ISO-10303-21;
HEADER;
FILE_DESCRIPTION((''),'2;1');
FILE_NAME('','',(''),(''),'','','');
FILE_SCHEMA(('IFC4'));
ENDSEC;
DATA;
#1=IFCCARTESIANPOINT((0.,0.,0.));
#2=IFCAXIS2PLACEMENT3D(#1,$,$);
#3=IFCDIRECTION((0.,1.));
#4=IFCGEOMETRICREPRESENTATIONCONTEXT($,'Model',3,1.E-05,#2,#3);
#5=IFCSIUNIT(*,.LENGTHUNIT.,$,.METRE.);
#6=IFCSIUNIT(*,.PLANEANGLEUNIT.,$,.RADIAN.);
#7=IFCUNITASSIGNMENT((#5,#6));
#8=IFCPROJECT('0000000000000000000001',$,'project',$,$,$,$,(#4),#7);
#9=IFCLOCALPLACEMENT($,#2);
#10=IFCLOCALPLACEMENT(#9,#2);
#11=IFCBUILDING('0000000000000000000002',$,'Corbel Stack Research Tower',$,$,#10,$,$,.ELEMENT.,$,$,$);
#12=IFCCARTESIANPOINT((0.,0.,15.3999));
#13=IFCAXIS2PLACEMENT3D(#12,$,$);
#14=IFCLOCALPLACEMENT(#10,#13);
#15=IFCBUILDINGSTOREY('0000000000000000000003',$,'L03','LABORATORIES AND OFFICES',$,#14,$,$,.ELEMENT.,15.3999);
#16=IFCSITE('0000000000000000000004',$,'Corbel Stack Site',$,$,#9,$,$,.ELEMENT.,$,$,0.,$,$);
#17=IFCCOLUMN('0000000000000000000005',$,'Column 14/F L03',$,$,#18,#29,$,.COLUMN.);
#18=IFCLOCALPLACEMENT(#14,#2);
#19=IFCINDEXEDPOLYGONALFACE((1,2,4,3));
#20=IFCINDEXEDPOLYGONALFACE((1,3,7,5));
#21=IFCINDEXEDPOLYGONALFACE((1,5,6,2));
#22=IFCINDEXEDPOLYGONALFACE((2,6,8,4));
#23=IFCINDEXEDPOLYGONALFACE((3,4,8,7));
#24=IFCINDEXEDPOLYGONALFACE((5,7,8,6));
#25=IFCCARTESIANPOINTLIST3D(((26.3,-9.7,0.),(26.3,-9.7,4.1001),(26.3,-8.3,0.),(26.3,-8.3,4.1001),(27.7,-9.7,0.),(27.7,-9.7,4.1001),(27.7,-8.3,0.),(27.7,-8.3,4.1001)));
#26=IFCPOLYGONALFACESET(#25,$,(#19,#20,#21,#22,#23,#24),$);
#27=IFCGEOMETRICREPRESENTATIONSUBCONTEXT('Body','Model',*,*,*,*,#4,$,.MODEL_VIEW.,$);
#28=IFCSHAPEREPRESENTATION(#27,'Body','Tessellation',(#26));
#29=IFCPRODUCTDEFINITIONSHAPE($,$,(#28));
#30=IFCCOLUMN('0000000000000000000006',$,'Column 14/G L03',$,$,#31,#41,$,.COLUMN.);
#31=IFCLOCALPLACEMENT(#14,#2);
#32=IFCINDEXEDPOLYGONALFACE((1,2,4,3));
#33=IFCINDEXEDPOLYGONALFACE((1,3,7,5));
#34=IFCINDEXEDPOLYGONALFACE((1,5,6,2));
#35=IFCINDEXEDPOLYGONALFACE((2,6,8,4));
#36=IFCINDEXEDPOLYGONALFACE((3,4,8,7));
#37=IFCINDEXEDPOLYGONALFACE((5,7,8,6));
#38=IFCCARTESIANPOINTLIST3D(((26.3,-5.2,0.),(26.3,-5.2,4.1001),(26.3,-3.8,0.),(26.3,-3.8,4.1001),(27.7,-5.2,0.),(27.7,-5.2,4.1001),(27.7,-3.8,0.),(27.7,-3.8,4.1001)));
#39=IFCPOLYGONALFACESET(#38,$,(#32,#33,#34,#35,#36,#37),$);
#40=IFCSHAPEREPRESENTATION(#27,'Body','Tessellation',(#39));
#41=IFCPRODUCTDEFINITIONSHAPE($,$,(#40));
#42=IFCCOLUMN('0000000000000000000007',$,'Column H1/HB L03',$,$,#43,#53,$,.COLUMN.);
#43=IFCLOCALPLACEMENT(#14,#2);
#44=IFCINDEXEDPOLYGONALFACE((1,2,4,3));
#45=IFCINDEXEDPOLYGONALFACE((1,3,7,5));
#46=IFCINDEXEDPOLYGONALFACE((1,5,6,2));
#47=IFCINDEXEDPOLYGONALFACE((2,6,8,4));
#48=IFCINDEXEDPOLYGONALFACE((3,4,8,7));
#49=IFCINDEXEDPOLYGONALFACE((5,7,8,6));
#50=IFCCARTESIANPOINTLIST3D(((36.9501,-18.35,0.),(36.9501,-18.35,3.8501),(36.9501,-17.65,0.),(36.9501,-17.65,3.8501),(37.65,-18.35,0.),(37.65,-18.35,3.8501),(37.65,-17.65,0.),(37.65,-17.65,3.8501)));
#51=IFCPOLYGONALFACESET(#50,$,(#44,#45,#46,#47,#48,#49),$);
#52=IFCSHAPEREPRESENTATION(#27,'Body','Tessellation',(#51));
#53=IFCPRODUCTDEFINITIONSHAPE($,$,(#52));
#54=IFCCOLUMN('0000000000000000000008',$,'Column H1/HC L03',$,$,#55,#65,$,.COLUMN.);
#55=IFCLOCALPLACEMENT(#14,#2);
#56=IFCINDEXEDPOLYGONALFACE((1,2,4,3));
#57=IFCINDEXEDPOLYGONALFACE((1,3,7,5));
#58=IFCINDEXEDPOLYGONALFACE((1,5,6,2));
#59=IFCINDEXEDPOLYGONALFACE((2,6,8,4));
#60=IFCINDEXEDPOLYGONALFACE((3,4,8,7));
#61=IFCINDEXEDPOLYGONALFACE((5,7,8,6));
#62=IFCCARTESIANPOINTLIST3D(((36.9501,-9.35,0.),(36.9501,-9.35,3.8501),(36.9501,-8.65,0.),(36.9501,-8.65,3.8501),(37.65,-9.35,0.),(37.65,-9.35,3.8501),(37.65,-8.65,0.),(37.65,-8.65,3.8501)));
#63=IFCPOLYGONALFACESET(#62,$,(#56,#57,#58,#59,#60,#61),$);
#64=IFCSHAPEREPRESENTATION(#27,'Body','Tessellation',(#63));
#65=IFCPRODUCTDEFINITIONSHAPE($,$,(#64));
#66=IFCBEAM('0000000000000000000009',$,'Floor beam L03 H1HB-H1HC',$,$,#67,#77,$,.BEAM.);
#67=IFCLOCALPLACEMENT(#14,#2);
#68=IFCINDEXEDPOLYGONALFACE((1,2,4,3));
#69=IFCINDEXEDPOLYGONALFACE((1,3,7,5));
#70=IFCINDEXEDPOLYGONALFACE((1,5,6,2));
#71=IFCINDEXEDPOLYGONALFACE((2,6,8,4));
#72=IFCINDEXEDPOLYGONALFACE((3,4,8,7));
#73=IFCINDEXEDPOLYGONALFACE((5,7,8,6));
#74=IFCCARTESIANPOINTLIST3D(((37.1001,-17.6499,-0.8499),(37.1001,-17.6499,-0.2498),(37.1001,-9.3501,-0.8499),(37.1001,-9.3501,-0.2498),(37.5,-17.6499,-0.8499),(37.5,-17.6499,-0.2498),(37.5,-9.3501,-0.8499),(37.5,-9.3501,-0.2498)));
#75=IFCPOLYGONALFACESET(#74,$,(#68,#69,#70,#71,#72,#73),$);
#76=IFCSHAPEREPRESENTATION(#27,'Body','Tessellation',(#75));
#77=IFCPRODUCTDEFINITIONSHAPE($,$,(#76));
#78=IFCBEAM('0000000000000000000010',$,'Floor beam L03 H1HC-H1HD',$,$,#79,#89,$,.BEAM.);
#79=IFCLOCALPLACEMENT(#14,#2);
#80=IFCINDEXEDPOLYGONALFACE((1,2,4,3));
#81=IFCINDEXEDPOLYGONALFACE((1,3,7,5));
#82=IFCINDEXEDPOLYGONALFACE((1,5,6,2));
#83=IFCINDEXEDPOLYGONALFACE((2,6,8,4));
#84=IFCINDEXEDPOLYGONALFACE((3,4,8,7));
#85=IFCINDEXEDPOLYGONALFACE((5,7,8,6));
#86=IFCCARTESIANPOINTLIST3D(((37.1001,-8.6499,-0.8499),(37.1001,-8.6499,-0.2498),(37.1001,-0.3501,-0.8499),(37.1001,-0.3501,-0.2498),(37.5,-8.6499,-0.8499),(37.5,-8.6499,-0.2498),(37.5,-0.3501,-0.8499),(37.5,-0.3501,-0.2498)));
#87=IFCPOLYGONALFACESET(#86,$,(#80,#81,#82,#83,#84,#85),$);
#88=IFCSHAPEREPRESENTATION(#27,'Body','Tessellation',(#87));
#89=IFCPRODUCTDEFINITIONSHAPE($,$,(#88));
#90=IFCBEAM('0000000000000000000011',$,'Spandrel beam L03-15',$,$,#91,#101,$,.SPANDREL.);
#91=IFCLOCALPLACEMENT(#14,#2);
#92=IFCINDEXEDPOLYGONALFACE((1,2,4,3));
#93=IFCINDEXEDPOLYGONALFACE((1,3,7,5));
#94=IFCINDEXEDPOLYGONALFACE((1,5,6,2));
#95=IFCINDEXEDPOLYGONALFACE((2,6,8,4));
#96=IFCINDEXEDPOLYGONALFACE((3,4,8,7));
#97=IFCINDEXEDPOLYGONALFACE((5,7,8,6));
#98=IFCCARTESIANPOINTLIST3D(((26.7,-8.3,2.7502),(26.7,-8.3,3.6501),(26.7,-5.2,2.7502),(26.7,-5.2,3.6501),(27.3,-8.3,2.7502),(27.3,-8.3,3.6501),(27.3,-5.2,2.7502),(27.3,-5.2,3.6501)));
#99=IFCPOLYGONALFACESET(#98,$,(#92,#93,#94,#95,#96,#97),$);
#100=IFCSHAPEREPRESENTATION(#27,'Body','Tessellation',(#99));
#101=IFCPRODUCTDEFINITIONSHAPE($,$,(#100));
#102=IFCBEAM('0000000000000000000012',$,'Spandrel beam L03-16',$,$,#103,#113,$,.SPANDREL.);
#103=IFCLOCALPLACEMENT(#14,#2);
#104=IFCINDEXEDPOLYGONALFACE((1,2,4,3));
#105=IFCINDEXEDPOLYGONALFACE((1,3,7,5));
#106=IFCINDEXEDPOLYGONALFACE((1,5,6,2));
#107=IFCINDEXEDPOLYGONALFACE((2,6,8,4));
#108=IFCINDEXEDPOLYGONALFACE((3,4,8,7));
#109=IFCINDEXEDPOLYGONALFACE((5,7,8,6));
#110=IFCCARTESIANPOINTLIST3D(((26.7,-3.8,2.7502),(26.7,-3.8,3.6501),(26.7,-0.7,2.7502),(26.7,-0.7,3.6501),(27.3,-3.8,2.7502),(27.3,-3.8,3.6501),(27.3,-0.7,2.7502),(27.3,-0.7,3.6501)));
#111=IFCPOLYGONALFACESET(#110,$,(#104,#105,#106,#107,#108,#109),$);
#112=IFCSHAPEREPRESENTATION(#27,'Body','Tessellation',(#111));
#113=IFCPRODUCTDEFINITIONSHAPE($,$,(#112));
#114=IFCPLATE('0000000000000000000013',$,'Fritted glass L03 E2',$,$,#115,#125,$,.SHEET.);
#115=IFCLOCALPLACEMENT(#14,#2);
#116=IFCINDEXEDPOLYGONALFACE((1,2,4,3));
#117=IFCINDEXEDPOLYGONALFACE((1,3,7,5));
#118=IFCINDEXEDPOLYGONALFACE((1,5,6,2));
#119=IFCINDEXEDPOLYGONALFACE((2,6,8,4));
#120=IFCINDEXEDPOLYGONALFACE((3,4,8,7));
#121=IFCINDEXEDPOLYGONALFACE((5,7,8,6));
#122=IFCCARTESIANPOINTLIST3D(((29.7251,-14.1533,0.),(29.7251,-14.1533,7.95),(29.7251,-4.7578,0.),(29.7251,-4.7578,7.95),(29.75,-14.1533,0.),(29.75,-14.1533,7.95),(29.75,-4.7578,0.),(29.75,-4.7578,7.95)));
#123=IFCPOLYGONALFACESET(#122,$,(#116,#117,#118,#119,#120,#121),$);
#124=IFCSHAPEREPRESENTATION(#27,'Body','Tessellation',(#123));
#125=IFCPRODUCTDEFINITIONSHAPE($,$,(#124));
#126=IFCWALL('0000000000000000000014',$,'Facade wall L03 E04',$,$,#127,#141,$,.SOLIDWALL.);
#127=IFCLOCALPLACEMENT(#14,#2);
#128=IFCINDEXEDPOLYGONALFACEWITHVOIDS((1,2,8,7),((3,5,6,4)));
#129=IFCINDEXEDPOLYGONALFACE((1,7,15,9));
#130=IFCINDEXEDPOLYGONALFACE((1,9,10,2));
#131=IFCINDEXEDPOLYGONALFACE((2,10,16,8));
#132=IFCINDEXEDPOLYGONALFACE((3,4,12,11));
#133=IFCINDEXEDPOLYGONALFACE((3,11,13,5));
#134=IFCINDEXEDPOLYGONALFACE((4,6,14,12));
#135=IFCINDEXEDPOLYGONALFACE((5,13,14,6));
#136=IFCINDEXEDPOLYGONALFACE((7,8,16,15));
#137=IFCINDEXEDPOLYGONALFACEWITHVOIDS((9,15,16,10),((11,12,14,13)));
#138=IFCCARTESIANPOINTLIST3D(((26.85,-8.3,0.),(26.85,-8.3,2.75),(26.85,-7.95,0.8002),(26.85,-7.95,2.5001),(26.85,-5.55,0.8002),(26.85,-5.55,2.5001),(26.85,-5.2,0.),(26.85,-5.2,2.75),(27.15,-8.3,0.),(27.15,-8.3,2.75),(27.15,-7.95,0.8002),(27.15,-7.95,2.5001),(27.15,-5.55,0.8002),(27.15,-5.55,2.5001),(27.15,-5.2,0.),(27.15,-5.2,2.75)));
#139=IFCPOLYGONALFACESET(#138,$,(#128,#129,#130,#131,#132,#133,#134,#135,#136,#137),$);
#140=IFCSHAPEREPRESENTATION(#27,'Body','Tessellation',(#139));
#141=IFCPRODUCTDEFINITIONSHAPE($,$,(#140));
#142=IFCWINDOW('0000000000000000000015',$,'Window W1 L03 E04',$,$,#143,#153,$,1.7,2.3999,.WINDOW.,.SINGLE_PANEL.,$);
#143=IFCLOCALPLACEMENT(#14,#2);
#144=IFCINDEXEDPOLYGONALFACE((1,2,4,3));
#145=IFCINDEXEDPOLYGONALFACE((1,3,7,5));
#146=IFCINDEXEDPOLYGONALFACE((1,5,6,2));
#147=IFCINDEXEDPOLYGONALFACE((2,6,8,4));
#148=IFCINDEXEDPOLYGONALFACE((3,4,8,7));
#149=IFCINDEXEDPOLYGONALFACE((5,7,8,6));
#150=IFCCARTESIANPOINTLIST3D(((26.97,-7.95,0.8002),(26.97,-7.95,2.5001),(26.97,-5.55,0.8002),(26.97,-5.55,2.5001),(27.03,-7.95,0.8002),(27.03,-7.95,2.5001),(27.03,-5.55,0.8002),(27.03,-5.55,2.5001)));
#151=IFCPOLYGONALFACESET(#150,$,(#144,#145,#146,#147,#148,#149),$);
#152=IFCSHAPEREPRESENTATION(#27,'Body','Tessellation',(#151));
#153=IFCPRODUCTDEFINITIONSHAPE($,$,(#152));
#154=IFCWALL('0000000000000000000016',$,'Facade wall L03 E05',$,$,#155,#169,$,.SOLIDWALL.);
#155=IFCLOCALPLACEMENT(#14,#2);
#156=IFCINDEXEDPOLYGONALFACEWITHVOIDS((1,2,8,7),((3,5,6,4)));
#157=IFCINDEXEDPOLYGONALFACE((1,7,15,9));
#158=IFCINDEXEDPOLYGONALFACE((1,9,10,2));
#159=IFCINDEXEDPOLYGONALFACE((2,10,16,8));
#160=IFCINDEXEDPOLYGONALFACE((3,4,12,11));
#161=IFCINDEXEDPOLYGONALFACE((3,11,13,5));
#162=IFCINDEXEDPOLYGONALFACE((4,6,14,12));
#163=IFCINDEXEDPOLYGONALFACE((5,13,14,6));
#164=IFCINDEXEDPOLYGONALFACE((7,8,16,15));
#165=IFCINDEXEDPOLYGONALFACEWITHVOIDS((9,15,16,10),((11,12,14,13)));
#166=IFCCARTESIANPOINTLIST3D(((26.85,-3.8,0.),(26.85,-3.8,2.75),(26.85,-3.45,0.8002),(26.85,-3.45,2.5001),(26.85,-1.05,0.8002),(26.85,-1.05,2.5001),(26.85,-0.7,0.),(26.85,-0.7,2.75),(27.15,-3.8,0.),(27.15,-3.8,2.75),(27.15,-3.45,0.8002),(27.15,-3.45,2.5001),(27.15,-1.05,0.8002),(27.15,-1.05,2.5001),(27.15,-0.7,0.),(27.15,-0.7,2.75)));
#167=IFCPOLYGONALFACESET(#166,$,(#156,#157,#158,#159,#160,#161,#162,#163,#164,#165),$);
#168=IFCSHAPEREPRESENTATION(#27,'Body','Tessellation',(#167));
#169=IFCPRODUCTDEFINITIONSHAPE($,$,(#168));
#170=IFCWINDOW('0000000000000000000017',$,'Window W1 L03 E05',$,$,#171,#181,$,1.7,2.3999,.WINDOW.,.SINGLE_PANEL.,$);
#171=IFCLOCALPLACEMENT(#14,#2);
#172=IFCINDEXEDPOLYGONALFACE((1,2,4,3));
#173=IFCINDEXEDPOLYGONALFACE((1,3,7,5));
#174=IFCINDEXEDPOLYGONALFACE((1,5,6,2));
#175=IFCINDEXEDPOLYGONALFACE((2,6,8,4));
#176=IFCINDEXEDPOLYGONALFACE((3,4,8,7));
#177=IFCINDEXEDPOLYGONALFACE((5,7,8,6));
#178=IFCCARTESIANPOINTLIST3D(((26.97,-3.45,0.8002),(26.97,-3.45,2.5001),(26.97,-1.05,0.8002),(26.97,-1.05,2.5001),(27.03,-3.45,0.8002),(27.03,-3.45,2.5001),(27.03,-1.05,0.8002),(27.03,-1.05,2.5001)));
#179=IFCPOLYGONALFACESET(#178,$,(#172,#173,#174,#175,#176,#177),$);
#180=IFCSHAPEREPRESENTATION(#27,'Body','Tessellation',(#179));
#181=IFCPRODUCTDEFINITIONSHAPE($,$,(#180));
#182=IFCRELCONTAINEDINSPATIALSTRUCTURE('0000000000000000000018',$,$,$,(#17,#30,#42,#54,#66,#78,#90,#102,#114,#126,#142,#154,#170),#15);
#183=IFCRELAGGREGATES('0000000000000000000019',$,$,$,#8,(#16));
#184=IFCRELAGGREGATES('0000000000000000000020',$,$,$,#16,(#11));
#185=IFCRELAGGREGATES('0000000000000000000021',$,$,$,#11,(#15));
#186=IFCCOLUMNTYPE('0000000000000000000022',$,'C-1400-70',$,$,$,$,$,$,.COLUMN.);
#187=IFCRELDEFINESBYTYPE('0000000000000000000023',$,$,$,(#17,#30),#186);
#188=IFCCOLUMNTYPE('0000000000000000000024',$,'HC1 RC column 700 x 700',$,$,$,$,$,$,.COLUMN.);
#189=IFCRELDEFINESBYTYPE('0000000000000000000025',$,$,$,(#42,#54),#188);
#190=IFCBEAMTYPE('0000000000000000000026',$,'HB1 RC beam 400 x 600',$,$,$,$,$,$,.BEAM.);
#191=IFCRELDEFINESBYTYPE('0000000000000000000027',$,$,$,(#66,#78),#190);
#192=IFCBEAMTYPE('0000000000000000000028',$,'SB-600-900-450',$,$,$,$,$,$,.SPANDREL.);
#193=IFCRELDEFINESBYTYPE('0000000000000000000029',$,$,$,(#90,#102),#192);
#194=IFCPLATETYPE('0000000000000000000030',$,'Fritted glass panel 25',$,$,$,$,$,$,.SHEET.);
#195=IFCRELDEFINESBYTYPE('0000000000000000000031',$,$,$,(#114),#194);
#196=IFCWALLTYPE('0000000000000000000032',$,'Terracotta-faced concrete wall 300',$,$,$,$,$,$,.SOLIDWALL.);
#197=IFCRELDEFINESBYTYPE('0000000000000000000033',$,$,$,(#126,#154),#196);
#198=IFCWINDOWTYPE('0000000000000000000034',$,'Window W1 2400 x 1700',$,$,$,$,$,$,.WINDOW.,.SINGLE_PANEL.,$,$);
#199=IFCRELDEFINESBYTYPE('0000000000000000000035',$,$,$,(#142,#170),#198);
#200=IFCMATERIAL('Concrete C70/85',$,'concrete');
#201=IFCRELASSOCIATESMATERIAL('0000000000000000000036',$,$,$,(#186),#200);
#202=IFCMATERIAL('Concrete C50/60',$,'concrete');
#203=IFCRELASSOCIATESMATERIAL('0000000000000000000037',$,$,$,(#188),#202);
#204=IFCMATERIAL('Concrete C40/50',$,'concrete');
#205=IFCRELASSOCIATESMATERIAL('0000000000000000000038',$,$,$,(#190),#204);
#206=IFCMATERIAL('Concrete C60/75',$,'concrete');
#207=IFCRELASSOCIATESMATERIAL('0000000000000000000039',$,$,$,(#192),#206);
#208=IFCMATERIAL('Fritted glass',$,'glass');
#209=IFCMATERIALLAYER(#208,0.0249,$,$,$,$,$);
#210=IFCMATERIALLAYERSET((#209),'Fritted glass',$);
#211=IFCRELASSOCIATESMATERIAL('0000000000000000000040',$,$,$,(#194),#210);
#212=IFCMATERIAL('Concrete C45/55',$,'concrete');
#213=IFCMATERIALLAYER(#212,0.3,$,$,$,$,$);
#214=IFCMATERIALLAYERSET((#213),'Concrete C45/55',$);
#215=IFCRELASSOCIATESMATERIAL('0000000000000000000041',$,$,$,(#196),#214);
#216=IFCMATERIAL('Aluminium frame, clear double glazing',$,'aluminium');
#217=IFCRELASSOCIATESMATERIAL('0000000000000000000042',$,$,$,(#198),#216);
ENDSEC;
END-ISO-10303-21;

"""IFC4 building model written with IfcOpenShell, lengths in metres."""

from ifc_helpers import new_model, si_unit, direction, frame, frame_2d, origin, origin_2d, place, context, subcontext, project, spatial, rectangle, extrude, material, layer, layer_set, material_profile, profile_set, type_object, element, fill, save


model = new_model("IFC4")

# Units and contexts
model_context = context("Model", 3, precision=1e-05, world=origin(), true_north=direction((0.0, 1.0)))
body_context = subcontext(model_context, "Body", "Model", "MODEL_VIEW")
ifc_project = project(units=[si_unit("LENGTHUNIT", "METRE"), si_unit("PLANEANGLEUNIT", "RADIAN")], contexts=[model_context])

# Site, building, storey
site_placement = place(None, origin())
site = spatial("IfcSite", under=ifc_project, at=site_placement, Name="Corbel Stack Site", CompositionType="ELEMENT", RefElevation=0.0)
building_placement = place(site_placement, origin())
building = spatial("IfcBuilding", under=site, at=building_placement, Name="Corbel Stack Research Tower", CompositionType="ELEMENT")
storey_placement = place(building_placement, frame((0.0, 0.0, 15.3999)))
storey = spatial("IfcBuildingStorey", under=building, at=storey_placement, Name="L03", Description="LABORATORIES AND OFFICES", CompositionType="ELEMENT", Elevation=15.3999)

# Columns
ifc_material_1 = material(Name="Concrete C70/85", Category="concrete")
ifc_material_profile_1 = material_profile(ifc_material_1, rectangle(XDim=1.3999, YDim=1.3999, at=origin_2d()), Name="RC 1400 x 1400")
ifc_profile_set_1 = profile_set([ifc_material_profile_1], Name="Concrete C70/85")
column_type_1 = type_object("IfcColumnType", Name="C-1400-70", PredefinedType="COLUMN", material=ifc_profile_set_1)
for number, where, z_axis, x_axis, name in (
    (1, (27.0, -9.0, 0.0), (0.0, 0.0, 1.0), (1.0, 0.0, 0.0), "Column 14/F L03"),
    (2, (27.0, -4.5, 0.0), (0.0, 0.0, 1.0), (1.0, 0.0, 0.0), "Column 14/G L03"),
):
    element("IfcColumn", number, at=place(storey_placement, frame(where, z_axis=z_axis, x_axis=x_axis)), inside=storey, type_object=column_type_1, Name=name, PredefinedType="COLUMN", context=body_context, shape_type="SweptSolid", body=[
        extrude(rectangle(XDim=1.3999, YDim=1.3999, at=origin_2d()), origin(), (0.0, 0.0, 1.0), 4.1001),
    ])
ifc_material_2 = material(Name="Concrete C50/60", Category="concrete")
ifc_material_profile_2 = material_profile(ifc_material_2, rectangle(XDim=0.7, YDim=0.7, at=origin_2d()), Name="RC 700 x 700")
ifc_profile_set_2 = profile_set([ifc_material_profile_2], Name="Concrete C50/60")
column_type_2 = type_object("IfcColumnType", Name="HC1 RC column 700 x 700", PredefinedType="COLUMN", material=ifc_profile_set_2)
for number, where, z_axis, x_axis, name in (
    (3, (37.3, -18.0, 0.0), (0.0, 0.0, 1.0), (1.0, 0.0, 0.0), "Column H1/HB L03"),
    (4, (37.3, -9.0, 0.0), (0.0, 0.0, 1.0), (1.0, 0.0, 0.0), "Column H1/HC L03"),
):
    element("IfcColumn", number, at=place(storey_placement, frame(where, z_axis=z_axis, x_axis=x_axis)), inside=storey, type_object=column_type_2, Name=name, PredefinedType="COLUMN", context=body_context, shape_type="SweptSolid", body=[
        extrude(rectangle(XDim=0.7, YDim=0.7, at=origin_2d()), origin(), (0.0, 0.0, 1.0), 3.8501),
    ])

# Beams
ifc_material_3 = material(Name="Concrete C40/50", Category="concrete")
ifc_material_profile_3 = material_profile(ifc_material_3, rectangle(XDim=0.3999, YDim=0.6001, at=origin_2d()), Name="RC 400 x 600")
ifc_profile_set_3 = profile_set([ifc_material_profile_3], Name="Concrete C40/50")
beam_type_1 = type_object("IfcBeamType", Name="HB1 RC beam 400 x 600", PredefinedType="BEAM", material=ifc_profile_set_3)
for number, where, z_axis, x_axis, name in (
    (5, (37.3, -17.6499, -0.5498), (0.0, 1.0, 0.0), (-1.0, 0.0, 0.0), "Floor beam L03 H1HB-H1HC"),
    (6, (37.3, -8.6499, -0.5498), (0.0, 1.0, 0.0), (-1.0, 0.0, 0.0), "Floor beam L03 H1HC-H1HD"),
):
    element("IfcBeam", number, at=place(storey_placement, frame(where, z_axis=z_axis, x_axis=x_axis)), inside=storey, type_object=beam_type_1, Name=name, PredefinedType="BEAM", context=body_context, shape_type="SweptSolid", body=[
        extrude(rectangle(XDim=0.3999, YDim=0.6001, at=origin_2d()), origin(), (0.0, 0.0, 1.0), 8.2998),
    ])
ifc_material_4 = material(Name="Concrete C60/75", Category="concrete")
ifc_material_profile_4 = material_profile(ifc_material_4, rectangle(XDim=0.6001, YDim=0.8999, at=origin_2d()), Name="RC 600 x 900")
ifc_profile_set_4 = profile_set([ifc_material_profile_4], Name="Concrete C60/75")
beam_type_2 = type_object("IfcBeamType", Name="SB-600-900-450", PredefinedType="SPANDREL", material=ifc_profile_set_4)
for number, where, z_axis, x_axis, name in (
    (7, (27.0, -8.3, 3.2002), (0.0, 1.0, 0.0), (-1.0, 0.0, 0.0), "Spandrel beam L03-15"),
    (8, (27.0, -3.8, 3.2002), (0.0, 1.0, 0.0), (-1.0, 0.0, 0.0), "Spandrel beam L03-16"),
):
    element("IfcBeam", number, at=place(storey_placement, frame(where, z_axis=z_axis, x_axis=x_axis)), inside=storey, type_object=beam_type_2, Name=name, PredefinedType="SPANDREL", context=body_context, shape_type="SweptSolid", body=[
        extrude(rectangle(XDim=0.6001, YDim=0.8999, at=origin_2d()), origin(), (0.0, 0.0, 1.0), 3.1001),
    ])

# Plate
ifc_material_5 = material(Name="Fritted glass", Category="glass")
ifc_layer_1 = layer(ifc_material_5, 0.0249)
ifc_layer_set_1 = layer_set([ifc_layer_1], Name="Fritted glass")
plate_type = type_object("IfcPlateType", Name="Fritted glass panel 25", PredefinedType="SHEET", material=ifc_layer_set_1)
plate_placement = place(storey_placement, frame((29.7375, -9.4556, 0.0), z_axis=(0.0, 0.0, 1.0), x_axis=(0.0, 1.0, 0.0)))
element("IfcPlate", 9, at=plate_placement, inside=storey, type_object=plate_type, Name="Fritted glass L03 E2", PredefinedType="SHEET", context=body_context, shape_type="SweptSolid", body=[
    extrude(rectangle(XDim=9.3955, YDim=0.0249, at=origin_2d()), origin(), (0.0, 0.0, 1.0), 7.95),
])

# Walls, openings, windows
ifc_material_6 = material(Name="Concrete C45/55", Category="concrete")
ifc_layer_2 = layer(ifc_material_6, 0.3)
ifc_layer_set_2 = layer_set([ifc_layer_2], Name="Concrete C45/55")
wall_type = type_object("IfcWallType", Name="Terracotta-faced concrete wall 300", PredefinedType="SOLIDWALL", material=ifc_layer_set_2)
wall_1_placement = place(storey_placement, frame((27.0, -5.2, 0.0), z_axis=(0.0, 0.0, 1.0), x_axis=(0.0, -1.0, 0.0)))
wall_1 = element("IfcWall", 10, at=wall_1_placement, inside=storey, type_object=wall_type, Name="Facade wall L03 E04", PredefinedType="SOLIDWALL", context=body_context, shape_type="SweptSolid", body=[
    extrude(rectangle(XDim=3.1001, YDim=0.3, at=frame_2d((1.55, 0.0))), origin(), (0.0, 0.0, 1.0), 2.75),
])
opening_1_placement = place(wall_1_placement, frame((0.3501, 0.0, 0.8)))
opening_1 = element("IfcOpeningElement", 11, at=opening_1_placement, cuts=wall_1, PredefinedType="OPENING", context=body_context, shape_type="SweptSolid", body=[
    extrude(rectangle(XDim=2.3999, YDim=1.7, at=frame_2d((1.2, 0.8501))), frame((0.0, 0.1599, 0.0), z_axis=(0.0, -1.0, 0.0), x_axis=(1.0, 0.0, 0.0)), (0.0, 0.0, 1.0), 0.3201),
])
ifc_material_7 = material(Name="Aluminium frame, clear double glazing", Category="aluminium")
window_type = type_object("IfcWindowType", Name="Window W1 2400 x 1700", PartitioningType="SINGLE_PANEL", PredefinedType="WINDOW", material=ifc_material_7)
window_1_placement = place(opening_1_placement, origin())
window_1 = element("IfcWindow", 12, at=window_1_placement, inside=storey, type_object=window_type, Name="Window W1 L03 E04", OverallHeight=1.7, OverallWidth=2.3999, PartitioningType="SINGLE_PANEL", PredefinedType="WINDOW", context=body_context, shape_type="SweptSolid", body=[
    extrude(rectangle(XDim=2.3999, YDim=1.7, at=frame_2d((1.2, 0.8501))), frame((0.0, 0.03, 0.0), z_axis=(0.0, -1.0, 0.0), x_axis=(1.0, 0.0, 0.0)), (0.0, 0.0, 1.0), 0.0601),
])
fill(opening_1, window_1)
wall_2_placement = place(storey_placement, frame((27.0, -0.7, 0.0), z_axis=(0.0, 0.0, 1.0), x_axis=(0.0, -1.0, 0.0)))
wall_2 = element("IfcWall", 13, at=wall_2_placement, inside=storey, type_object=wall_type, Name="Facade wall L03 E05", PredefinedType="SOLIDWALL", context=body_context, shape_type="SweptSolid", body=[
    extrude(rectangle(XDim=3.1001, YDim=0.3, at=frame_2d((1.55, 0.0))), origin(), (0.0, 0.0, 1.0), 2.75),
])
opening_2_placement = place(wall_2_placement, frame((0.3501, 0.0, 0.8)))
opening_2 = element("IfcOpeningElement", 14, at=opening_2_placement, cuts=wall_2, PredefinedType="OPENING", context=body_context, shape_type="SweptSolid", body=[
    extrude(rectangle(XDim=2.3999, YDim=1.7, at=frame_2d((1.2, 0.8501))), frame((0.0, 0.1599, 0.0), z_axis=(0.0, -1.0, 0.0), x_axis=(1.0, 0.0, 0.0)), (0.0, 0.0, 1.0), 0.3201),
])
window_2_placement = place(opening_2_placement, origin())
window_2 = element("IfcWindow", 15, at=window_2_placement, inside=storey, type_object=window_type, Name="Window W1 L03 E05", OverallHeight=1.7, OverallWidth=2.3999, PartitioningType="SINGLE_PANEL", PredefinedType="WINDOW", context=body_context, shape_type="SweptSolid", body=[
    extrude(rectangle(XDim=2.3999, YDim=1.7, at=frame_2d((1.2, 0.8501))), frame((0.0, 0.03, 0.0), z_axis=(0.0, -1.0, 0.0), x_axis=(1.0, 0.0, 0.0)), (0.0, 0.0, 1.0), 0.0601),
])
fill(opening_2, window_2)

save(model, "model.ifc")
